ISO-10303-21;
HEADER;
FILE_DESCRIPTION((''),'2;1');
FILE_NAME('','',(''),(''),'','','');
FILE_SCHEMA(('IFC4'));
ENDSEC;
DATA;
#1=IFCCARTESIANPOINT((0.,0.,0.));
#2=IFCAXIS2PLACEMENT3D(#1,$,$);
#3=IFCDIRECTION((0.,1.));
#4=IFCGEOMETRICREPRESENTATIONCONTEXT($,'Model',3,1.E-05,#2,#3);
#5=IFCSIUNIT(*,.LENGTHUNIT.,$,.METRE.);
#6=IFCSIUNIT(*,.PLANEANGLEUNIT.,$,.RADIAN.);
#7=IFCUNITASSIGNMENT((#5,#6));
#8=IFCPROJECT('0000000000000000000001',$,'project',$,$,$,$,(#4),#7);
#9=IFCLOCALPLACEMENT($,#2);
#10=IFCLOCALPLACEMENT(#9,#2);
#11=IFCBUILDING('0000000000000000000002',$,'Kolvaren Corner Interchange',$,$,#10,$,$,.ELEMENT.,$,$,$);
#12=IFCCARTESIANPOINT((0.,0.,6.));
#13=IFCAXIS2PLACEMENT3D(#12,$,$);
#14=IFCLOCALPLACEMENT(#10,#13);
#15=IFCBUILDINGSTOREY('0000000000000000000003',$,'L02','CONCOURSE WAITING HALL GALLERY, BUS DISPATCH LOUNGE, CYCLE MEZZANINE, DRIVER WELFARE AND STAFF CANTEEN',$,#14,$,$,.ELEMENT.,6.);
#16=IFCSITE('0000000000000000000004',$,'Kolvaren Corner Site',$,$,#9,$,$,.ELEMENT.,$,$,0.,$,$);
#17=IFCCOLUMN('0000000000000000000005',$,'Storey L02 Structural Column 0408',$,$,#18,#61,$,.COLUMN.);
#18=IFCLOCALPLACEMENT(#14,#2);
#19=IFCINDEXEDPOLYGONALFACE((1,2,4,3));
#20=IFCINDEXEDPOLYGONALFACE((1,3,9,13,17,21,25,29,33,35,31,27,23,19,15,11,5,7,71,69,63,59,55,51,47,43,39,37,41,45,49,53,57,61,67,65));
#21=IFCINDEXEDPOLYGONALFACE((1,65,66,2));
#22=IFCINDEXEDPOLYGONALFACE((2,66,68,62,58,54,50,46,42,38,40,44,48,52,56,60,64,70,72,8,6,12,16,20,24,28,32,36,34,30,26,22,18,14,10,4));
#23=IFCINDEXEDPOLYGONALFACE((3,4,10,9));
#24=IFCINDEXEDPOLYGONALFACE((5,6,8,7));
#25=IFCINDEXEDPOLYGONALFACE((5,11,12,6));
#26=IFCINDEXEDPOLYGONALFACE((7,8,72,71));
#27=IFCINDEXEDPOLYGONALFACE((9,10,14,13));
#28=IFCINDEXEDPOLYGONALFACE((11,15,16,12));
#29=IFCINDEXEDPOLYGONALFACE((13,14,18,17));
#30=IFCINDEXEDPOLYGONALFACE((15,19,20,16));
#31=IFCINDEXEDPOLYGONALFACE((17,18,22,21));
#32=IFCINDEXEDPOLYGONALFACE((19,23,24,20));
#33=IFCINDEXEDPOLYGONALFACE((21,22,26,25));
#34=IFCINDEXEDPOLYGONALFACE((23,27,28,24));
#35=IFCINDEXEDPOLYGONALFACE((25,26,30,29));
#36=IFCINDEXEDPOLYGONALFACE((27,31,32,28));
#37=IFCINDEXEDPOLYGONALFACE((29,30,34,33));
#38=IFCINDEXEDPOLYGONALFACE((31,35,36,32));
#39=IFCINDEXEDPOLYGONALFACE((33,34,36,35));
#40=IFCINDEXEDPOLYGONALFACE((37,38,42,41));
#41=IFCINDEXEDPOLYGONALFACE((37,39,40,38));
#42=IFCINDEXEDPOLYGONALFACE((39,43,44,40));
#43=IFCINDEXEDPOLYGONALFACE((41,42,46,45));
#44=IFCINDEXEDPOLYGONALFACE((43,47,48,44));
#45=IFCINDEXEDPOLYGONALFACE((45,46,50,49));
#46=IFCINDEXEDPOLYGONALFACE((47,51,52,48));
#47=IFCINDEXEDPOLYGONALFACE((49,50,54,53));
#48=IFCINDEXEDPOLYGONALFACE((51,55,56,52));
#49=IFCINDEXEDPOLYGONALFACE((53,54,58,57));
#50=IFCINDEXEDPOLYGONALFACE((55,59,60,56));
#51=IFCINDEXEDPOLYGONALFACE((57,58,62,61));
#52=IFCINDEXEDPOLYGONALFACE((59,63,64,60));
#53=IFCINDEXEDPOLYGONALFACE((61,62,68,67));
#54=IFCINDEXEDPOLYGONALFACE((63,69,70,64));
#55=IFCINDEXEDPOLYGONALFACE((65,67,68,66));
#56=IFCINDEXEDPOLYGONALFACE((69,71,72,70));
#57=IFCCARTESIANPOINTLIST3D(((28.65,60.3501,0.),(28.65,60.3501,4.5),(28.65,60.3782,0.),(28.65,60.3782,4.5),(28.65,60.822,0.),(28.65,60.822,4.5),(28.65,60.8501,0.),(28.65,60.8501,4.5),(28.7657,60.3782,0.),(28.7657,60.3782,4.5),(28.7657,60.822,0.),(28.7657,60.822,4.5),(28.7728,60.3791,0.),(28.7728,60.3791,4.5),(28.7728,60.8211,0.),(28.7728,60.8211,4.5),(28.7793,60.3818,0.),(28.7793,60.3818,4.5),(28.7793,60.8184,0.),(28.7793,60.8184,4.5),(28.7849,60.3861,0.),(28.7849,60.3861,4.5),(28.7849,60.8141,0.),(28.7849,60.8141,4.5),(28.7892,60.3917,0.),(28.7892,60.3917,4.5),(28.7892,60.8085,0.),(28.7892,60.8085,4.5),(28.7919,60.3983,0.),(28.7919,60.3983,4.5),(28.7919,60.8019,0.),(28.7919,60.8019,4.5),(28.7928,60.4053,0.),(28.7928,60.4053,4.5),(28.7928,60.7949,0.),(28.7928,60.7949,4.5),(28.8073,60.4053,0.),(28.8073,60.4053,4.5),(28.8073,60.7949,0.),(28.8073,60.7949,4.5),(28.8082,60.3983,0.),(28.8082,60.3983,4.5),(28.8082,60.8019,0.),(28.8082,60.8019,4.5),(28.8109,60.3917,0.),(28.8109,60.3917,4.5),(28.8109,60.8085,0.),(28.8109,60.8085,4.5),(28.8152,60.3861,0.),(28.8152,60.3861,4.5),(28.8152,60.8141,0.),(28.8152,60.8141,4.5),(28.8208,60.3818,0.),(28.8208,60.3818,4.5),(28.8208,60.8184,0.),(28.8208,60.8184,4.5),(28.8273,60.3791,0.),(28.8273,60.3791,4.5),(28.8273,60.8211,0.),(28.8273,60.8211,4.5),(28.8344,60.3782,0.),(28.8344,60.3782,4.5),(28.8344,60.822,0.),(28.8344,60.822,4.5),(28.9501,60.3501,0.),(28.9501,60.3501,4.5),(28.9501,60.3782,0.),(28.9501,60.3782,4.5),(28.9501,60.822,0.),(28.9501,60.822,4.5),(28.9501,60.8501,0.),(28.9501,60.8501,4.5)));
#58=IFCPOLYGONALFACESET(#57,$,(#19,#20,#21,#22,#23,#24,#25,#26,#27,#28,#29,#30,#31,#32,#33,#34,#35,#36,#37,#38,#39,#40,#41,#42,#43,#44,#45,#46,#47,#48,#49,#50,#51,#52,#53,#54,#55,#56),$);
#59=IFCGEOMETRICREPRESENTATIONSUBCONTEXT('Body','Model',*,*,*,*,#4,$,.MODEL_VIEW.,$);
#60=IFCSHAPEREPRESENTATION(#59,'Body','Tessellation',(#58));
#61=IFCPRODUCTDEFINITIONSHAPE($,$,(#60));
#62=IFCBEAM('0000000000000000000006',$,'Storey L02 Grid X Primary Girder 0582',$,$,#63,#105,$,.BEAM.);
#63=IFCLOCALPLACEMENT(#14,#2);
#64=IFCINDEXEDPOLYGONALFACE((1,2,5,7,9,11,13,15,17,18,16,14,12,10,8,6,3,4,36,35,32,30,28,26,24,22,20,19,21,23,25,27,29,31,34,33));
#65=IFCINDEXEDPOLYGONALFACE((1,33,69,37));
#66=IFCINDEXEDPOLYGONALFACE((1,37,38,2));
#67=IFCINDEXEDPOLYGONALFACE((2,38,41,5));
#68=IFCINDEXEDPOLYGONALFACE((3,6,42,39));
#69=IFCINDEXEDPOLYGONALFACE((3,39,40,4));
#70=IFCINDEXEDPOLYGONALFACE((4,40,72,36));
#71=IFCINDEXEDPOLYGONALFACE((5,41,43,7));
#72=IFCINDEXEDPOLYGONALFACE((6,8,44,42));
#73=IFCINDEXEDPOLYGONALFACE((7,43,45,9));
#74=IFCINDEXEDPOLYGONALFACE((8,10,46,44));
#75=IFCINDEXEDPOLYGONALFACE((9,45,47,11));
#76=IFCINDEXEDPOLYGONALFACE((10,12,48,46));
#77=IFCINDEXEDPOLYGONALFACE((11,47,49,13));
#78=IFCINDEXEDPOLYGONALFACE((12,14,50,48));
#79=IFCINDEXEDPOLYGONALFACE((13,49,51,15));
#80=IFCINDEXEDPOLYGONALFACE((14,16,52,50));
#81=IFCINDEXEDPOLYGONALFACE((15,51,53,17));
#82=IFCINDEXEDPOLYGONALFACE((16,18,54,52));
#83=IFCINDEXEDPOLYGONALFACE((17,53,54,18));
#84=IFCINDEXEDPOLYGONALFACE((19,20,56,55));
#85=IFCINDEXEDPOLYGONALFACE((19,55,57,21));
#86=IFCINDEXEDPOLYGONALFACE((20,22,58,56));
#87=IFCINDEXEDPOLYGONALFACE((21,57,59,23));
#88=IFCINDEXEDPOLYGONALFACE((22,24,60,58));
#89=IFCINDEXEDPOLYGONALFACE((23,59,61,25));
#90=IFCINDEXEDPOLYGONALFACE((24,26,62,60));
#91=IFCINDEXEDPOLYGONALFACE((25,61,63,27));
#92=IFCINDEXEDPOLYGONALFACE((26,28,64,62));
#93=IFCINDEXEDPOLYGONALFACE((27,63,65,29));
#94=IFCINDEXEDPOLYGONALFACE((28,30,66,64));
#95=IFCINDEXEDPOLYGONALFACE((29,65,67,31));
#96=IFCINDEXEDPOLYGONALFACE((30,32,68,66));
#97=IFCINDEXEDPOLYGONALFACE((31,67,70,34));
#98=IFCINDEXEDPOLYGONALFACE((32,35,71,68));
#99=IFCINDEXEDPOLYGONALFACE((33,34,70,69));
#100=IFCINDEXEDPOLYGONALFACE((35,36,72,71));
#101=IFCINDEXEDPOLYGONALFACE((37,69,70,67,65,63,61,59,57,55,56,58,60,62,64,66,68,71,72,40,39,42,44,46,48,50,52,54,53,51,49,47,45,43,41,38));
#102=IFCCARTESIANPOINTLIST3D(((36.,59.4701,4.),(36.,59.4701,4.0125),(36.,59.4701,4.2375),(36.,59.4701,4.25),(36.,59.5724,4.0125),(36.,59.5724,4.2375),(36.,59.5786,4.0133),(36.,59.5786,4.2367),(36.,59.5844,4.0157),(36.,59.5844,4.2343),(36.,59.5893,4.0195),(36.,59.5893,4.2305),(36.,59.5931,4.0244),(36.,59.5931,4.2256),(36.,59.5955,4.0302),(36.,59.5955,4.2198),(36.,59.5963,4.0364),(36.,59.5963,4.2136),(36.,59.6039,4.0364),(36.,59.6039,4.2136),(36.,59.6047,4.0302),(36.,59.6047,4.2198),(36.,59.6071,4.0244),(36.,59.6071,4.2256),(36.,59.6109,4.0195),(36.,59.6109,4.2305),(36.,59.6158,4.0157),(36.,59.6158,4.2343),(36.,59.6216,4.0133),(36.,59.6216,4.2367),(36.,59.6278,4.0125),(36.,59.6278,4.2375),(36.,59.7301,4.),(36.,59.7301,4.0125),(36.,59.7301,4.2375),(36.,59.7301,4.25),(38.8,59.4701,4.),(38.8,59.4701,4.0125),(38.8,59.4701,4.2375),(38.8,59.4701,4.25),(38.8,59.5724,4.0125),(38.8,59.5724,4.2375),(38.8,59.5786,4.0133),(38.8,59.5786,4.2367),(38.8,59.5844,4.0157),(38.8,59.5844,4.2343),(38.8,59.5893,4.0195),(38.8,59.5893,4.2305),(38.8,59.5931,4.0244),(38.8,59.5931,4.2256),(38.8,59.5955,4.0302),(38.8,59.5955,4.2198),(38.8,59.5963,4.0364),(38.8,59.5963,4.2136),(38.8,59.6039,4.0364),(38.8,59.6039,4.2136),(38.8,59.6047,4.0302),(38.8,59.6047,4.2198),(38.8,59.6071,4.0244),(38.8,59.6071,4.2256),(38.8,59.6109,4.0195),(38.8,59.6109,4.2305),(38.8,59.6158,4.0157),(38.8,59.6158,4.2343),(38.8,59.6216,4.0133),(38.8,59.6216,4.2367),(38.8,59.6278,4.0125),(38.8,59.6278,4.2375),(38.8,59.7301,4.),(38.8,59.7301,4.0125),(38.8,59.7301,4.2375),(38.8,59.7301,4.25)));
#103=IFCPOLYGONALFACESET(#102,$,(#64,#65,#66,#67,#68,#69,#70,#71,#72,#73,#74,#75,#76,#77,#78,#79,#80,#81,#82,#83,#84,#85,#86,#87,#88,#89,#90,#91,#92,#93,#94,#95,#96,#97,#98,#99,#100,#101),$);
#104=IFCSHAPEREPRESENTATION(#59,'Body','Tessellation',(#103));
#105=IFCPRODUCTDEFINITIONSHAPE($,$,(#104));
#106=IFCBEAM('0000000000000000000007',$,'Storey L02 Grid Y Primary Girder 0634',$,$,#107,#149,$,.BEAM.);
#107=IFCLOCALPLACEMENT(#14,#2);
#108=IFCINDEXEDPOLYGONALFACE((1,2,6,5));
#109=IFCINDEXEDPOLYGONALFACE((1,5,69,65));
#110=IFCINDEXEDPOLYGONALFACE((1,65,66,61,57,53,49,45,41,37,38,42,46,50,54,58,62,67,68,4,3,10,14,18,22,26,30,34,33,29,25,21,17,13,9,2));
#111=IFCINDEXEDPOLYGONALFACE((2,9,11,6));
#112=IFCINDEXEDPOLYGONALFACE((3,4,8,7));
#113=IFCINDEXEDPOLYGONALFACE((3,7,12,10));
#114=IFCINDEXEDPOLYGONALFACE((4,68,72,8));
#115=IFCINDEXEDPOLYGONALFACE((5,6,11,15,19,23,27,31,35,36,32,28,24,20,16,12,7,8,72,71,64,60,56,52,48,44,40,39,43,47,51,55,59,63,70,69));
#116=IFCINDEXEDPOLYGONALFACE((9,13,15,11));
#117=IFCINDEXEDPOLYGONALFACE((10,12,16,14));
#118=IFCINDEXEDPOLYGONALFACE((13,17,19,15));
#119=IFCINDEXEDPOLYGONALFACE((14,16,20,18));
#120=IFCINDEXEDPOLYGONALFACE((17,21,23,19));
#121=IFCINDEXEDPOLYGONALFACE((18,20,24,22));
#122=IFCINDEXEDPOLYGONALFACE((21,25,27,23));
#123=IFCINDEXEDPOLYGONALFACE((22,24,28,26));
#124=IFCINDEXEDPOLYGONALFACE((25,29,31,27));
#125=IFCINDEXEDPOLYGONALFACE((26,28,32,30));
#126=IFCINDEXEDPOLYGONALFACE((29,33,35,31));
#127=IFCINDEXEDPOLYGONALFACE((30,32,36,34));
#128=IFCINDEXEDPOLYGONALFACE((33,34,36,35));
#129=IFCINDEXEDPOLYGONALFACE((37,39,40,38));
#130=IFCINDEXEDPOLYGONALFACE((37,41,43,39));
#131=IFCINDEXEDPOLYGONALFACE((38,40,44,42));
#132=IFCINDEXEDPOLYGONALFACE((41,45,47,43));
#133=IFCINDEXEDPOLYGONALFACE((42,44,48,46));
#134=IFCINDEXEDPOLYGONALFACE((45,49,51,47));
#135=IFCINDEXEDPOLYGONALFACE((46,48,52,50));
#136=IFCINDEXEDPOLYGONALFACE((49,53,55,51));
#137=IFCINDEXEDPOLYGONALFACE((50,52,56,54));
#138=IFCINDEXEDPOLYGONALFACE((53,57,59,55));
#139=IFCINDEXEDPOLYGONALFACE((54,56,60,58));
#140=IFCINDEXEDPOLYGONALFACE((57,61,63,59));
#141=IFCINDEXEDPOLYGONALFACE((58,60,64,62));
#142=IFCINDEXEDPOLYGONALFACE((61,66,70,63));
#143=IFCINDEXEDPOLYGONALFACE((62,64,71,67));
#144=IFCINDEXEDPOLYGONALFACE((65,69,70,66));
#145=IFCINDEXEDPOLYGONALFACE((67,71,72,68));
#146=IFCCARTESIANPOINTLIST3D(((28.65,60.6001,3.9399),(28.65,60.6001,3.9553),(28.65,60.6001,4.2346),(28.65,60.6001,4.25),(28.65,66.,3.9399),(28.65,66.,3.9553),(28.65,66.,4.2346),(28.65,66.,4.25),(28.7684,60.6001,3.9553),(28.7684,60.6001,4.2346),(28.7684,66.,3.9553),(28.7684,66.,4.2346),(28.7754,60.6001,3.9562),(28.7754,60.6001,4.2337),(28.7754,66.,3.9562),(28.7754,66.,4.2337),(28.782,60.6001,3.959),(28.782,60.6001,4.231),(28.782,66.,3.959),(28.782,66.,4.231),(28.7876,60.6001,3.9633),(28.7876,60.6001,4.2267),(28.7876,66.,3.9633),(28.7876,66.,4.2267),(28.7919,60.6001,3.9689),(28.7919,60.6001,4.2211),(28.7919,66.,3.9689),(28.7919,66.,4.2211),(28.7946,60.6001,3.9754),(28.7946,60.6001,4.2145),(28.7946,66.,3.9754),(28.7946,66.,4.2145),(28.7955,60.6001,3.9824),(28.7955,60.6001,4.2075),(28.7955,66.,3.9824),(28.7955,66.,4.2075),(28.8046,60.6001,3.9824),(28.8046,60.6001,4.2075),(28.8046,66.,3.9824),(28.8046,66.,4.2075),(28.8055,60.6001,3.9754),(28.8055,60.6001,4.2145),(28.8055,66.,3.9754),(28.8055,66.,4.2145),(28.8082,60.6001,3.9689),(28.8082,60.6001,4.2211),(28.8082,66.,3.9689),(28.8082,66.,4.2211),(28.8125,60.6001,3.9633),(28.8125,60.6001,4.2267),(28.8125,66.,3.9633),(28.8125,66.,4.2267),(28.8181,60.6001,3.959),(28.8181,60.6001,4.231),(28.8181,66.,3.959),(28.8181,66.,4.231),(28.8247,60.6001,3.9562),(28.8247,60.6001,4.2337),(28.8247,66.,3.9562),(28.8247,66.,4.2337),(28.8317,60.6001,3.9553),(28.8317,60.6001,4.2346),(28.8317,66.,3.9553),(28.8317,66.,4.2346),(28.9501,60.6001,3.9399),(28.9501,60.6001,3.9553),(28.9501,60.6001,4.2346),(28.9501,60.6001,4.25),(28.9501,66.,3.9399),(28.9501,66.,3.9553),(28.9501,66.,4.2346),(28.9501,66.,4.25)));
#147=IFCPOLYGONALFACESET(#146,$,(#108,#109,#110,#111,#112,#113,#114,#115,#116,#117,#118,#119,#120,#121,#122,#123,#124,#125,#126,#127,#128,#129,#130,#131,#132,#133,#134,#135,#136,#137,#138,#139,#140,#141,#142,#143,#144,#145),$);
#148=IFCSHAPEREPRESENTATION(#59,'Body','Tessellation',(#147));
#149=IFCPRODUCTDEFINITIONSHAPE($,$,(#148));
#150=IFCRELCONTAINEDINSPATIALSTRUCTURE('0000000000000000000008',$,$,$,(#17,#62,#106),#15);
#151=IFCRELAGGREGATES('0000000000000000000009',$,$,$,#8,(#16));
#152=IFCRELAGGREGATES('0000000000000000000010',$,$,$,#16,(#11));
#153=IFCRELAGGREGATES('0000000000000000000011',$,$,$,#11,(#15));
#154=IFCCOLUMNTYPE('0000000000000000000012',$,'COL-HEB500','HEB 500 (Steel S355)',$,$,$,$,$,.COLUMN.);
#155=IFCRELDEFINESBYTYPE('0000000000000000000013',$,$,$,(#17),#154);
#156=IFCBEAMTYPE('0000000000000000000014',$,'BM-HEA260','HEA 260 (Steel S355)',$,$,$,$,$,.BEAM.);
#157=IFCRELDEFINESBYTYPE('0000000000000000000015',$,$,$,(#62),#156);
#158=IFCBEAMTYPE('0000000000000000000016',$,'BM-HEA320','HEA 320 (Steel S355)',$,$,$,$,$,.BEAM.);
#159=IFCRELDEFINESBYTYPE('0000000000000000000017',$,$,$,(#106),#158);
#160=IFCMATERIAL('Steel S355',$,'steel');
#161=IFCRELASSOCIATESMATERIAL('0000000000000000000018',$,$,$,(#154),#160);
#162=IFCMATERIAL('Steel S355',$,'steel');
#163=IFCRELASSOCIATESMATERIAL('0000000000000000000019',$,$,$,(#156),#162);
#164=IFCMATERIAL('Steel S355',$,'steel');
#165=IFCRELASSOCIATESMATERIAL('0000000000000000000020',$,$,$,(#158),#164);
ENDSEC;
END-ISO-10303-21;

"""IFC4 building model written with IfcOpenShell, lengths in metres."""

from ifc_helpers import new_model, si_unit, direction, frame, origin, origin_2d, place, context, subcontext, project, spatial, i_section, extrude, material, material_profile, profile_set, type_object, element, save


model = new_model("IFC4")

# Units and contexts
model_context = context("Model", 3, precision=1e-05, world=origin(), true_north=direction((0.0, 1.0)))
body_context = subcontext(model_context, "Body", "Model", "MODEL_VIEW")
ifc_project = project(units=[si_unit("LENGTHUNIT", "METRE"), si_unit("PLANEANGLEUNIT", "RADIAN")], contexts=[model_context])

# Site, building, storey
site_placement = place(None, origin())
site = spatial("IfcSite", under=ifc_project, at=site_placement, Name="Kolvaren Corner Site", CompositionType="ELEMENT", RefElevation=0.0)
building_placement = place(site_placement, origin())
building = spatial("IfcBuilding", under=site, at=building_placement, Name="Kolvaren Corner Interchange", CompositionType="ELEMENT")
storey_placement = place(building_placement, frame((0.0, 0.0, 6.0)))
storey = spatial("IfcBuildingStorey", under=building, at=storey_placement, Name="L02", Description="CONCOURSE WAITING HALL GALLERY, BUS DISPATCH LOUNGE, CYCLE MEZZANINE, DRIVER WELFARE AND STAFF CANTEEN", CompositionType="ELEMENT", Elevation=6.0)

# Column
ifc_material_1 = material(Name="Steel S355", Category="steel")
ifc_material_profile_1 = material_profile(ifc_material_1, i_section(OverallWidth=0.3, OverallDepth=0.5, WebThickness=0.0144, FlangeThickness=0.0281, FilletRadius=0.0271, at=origin_2d()), Name="HEB 500")
ifc_profile_set_1 = profile_set([ifc_material_profile_1], Name="Steel S355")
column_type_1 = type_object("IfcColumnType", Name="COL-HEB500", Description="HEB 500 (Steel S355)", PredefinedType="COLUMN", material=ifc_profile_set_1)
for number, where, z_axis, x_axis, name in (
    (1, (28.8, 60.6001, 0.0), (0.0, 0.0, 1.0), (1.0, 0.0, 0.0), "Storey L02 Structural Column 0408"),
):
    element("IfcColumn", number, at=place(storey_placement, frame(where, z_axis=z_axis, x_axis=x_axis)), inside=storey, type_object=column_type_1, Name=name, PredefinedType="COLUMN", context=body_context, shape_type="SweptSolid", body=[
        extrude(i_section(OverallWidth=0.3, OverallDepth=0.5, WebThickness=0.0144, FlangeThickness=0.0281, FilletRadius=0.0271, at=origin_2d()), origin(), (0.0, 0.0, 1.0), 4.5),
    ])

# Beams
ifc_material_2 = material(Name="Steel S355", Category="steel")
ifc_material_profile_2 = material_profile(ifc_material_2, i_section(OverallWidth=0.26, OverallDepth=0.25, WebThickness=0.0076, FlangeThickness=0.0125, FilletRadius=0.0239, at=origin_2d()), Name="HEA 260")
ifc_profile_set_2 = profile_set([ifc_material_profile_2], Name="Steel S355")
beam_type_1 = type_object("IfcBeamType", Name="BM-HEA260", Description="HEA 260 (Steel S355)", PredefinedType="BEAM", material=ifc_profile_set_2)
beam_1_placement = place(storey_placement, frame((36.0, 59.6001, 4.125), z_axis=(1.0, 0.0, 0.0), x_axis=(0.0, 1.0, 0.0)))
element("IfcBeam", 2, at=beam_1_placement, inside=storey, type_object=beam_type_1, Name="Storey L02 Grid X Primary Girder 0582", PredefinedType="BEAM", context=body_context, shape_type="SweptSolid", body=[
    extrude(i_section(OverallWidth=0.26, OverallDepth=0.25, WebThickness=0.0076, FlangeThickness=0.0125, FilletRadius=0.0239, at=origin_2d()), origin(), (0.0, 0.0, 1.0), 2.8),
])
ifc_material_3 = material(Name="Steel S355", Category="steel")
ifc_material_profile_3 = material_profile(ifc_material_3, i_section(OverallWidth=0.3, OverallDepth=0.3101, WebThickness=0.009, FlangeThickness=0.0154, FilletRadius=0.0271, at=origin_2d()), Name="HEA 320")
ifc_profile_set_3 = profile_set([ifc_material_profile_3], Name="Steel S355")
beam_type_2 = type_object("IfcBeamType", Name="BM-HEA320", Description="HEA 320 (Steel S355)", PredefinedType="BEAM", material=ifc_profile_set_3)
beam_2_placement = place(storey_placement, frame((28.8, 60.6001, 4.095), z_axis=(0.0, 1.0, 0.0), x_axis=(-1.0, 0.0, 0.0)))
element("IfcBeam", 3, at=beam_2_placement, inside=storey, type_object=beam_type_2, Name="Storey L02 Grid Y Primary Girder 0634", PredefinedType="BEAM", context=body_context, shape_type="SweptSolid", body=[
    extrude(i_section(OverallWidth=0.3, OverallDepth=0.3101, WebThickness=0.009, FlangeThickness=0.0154, FilletRadius=0.0271, at=origin_2d()), origin(), (0.0, 0.0, 1.0), 5.3999),
])

save(model, "model.ifc")
